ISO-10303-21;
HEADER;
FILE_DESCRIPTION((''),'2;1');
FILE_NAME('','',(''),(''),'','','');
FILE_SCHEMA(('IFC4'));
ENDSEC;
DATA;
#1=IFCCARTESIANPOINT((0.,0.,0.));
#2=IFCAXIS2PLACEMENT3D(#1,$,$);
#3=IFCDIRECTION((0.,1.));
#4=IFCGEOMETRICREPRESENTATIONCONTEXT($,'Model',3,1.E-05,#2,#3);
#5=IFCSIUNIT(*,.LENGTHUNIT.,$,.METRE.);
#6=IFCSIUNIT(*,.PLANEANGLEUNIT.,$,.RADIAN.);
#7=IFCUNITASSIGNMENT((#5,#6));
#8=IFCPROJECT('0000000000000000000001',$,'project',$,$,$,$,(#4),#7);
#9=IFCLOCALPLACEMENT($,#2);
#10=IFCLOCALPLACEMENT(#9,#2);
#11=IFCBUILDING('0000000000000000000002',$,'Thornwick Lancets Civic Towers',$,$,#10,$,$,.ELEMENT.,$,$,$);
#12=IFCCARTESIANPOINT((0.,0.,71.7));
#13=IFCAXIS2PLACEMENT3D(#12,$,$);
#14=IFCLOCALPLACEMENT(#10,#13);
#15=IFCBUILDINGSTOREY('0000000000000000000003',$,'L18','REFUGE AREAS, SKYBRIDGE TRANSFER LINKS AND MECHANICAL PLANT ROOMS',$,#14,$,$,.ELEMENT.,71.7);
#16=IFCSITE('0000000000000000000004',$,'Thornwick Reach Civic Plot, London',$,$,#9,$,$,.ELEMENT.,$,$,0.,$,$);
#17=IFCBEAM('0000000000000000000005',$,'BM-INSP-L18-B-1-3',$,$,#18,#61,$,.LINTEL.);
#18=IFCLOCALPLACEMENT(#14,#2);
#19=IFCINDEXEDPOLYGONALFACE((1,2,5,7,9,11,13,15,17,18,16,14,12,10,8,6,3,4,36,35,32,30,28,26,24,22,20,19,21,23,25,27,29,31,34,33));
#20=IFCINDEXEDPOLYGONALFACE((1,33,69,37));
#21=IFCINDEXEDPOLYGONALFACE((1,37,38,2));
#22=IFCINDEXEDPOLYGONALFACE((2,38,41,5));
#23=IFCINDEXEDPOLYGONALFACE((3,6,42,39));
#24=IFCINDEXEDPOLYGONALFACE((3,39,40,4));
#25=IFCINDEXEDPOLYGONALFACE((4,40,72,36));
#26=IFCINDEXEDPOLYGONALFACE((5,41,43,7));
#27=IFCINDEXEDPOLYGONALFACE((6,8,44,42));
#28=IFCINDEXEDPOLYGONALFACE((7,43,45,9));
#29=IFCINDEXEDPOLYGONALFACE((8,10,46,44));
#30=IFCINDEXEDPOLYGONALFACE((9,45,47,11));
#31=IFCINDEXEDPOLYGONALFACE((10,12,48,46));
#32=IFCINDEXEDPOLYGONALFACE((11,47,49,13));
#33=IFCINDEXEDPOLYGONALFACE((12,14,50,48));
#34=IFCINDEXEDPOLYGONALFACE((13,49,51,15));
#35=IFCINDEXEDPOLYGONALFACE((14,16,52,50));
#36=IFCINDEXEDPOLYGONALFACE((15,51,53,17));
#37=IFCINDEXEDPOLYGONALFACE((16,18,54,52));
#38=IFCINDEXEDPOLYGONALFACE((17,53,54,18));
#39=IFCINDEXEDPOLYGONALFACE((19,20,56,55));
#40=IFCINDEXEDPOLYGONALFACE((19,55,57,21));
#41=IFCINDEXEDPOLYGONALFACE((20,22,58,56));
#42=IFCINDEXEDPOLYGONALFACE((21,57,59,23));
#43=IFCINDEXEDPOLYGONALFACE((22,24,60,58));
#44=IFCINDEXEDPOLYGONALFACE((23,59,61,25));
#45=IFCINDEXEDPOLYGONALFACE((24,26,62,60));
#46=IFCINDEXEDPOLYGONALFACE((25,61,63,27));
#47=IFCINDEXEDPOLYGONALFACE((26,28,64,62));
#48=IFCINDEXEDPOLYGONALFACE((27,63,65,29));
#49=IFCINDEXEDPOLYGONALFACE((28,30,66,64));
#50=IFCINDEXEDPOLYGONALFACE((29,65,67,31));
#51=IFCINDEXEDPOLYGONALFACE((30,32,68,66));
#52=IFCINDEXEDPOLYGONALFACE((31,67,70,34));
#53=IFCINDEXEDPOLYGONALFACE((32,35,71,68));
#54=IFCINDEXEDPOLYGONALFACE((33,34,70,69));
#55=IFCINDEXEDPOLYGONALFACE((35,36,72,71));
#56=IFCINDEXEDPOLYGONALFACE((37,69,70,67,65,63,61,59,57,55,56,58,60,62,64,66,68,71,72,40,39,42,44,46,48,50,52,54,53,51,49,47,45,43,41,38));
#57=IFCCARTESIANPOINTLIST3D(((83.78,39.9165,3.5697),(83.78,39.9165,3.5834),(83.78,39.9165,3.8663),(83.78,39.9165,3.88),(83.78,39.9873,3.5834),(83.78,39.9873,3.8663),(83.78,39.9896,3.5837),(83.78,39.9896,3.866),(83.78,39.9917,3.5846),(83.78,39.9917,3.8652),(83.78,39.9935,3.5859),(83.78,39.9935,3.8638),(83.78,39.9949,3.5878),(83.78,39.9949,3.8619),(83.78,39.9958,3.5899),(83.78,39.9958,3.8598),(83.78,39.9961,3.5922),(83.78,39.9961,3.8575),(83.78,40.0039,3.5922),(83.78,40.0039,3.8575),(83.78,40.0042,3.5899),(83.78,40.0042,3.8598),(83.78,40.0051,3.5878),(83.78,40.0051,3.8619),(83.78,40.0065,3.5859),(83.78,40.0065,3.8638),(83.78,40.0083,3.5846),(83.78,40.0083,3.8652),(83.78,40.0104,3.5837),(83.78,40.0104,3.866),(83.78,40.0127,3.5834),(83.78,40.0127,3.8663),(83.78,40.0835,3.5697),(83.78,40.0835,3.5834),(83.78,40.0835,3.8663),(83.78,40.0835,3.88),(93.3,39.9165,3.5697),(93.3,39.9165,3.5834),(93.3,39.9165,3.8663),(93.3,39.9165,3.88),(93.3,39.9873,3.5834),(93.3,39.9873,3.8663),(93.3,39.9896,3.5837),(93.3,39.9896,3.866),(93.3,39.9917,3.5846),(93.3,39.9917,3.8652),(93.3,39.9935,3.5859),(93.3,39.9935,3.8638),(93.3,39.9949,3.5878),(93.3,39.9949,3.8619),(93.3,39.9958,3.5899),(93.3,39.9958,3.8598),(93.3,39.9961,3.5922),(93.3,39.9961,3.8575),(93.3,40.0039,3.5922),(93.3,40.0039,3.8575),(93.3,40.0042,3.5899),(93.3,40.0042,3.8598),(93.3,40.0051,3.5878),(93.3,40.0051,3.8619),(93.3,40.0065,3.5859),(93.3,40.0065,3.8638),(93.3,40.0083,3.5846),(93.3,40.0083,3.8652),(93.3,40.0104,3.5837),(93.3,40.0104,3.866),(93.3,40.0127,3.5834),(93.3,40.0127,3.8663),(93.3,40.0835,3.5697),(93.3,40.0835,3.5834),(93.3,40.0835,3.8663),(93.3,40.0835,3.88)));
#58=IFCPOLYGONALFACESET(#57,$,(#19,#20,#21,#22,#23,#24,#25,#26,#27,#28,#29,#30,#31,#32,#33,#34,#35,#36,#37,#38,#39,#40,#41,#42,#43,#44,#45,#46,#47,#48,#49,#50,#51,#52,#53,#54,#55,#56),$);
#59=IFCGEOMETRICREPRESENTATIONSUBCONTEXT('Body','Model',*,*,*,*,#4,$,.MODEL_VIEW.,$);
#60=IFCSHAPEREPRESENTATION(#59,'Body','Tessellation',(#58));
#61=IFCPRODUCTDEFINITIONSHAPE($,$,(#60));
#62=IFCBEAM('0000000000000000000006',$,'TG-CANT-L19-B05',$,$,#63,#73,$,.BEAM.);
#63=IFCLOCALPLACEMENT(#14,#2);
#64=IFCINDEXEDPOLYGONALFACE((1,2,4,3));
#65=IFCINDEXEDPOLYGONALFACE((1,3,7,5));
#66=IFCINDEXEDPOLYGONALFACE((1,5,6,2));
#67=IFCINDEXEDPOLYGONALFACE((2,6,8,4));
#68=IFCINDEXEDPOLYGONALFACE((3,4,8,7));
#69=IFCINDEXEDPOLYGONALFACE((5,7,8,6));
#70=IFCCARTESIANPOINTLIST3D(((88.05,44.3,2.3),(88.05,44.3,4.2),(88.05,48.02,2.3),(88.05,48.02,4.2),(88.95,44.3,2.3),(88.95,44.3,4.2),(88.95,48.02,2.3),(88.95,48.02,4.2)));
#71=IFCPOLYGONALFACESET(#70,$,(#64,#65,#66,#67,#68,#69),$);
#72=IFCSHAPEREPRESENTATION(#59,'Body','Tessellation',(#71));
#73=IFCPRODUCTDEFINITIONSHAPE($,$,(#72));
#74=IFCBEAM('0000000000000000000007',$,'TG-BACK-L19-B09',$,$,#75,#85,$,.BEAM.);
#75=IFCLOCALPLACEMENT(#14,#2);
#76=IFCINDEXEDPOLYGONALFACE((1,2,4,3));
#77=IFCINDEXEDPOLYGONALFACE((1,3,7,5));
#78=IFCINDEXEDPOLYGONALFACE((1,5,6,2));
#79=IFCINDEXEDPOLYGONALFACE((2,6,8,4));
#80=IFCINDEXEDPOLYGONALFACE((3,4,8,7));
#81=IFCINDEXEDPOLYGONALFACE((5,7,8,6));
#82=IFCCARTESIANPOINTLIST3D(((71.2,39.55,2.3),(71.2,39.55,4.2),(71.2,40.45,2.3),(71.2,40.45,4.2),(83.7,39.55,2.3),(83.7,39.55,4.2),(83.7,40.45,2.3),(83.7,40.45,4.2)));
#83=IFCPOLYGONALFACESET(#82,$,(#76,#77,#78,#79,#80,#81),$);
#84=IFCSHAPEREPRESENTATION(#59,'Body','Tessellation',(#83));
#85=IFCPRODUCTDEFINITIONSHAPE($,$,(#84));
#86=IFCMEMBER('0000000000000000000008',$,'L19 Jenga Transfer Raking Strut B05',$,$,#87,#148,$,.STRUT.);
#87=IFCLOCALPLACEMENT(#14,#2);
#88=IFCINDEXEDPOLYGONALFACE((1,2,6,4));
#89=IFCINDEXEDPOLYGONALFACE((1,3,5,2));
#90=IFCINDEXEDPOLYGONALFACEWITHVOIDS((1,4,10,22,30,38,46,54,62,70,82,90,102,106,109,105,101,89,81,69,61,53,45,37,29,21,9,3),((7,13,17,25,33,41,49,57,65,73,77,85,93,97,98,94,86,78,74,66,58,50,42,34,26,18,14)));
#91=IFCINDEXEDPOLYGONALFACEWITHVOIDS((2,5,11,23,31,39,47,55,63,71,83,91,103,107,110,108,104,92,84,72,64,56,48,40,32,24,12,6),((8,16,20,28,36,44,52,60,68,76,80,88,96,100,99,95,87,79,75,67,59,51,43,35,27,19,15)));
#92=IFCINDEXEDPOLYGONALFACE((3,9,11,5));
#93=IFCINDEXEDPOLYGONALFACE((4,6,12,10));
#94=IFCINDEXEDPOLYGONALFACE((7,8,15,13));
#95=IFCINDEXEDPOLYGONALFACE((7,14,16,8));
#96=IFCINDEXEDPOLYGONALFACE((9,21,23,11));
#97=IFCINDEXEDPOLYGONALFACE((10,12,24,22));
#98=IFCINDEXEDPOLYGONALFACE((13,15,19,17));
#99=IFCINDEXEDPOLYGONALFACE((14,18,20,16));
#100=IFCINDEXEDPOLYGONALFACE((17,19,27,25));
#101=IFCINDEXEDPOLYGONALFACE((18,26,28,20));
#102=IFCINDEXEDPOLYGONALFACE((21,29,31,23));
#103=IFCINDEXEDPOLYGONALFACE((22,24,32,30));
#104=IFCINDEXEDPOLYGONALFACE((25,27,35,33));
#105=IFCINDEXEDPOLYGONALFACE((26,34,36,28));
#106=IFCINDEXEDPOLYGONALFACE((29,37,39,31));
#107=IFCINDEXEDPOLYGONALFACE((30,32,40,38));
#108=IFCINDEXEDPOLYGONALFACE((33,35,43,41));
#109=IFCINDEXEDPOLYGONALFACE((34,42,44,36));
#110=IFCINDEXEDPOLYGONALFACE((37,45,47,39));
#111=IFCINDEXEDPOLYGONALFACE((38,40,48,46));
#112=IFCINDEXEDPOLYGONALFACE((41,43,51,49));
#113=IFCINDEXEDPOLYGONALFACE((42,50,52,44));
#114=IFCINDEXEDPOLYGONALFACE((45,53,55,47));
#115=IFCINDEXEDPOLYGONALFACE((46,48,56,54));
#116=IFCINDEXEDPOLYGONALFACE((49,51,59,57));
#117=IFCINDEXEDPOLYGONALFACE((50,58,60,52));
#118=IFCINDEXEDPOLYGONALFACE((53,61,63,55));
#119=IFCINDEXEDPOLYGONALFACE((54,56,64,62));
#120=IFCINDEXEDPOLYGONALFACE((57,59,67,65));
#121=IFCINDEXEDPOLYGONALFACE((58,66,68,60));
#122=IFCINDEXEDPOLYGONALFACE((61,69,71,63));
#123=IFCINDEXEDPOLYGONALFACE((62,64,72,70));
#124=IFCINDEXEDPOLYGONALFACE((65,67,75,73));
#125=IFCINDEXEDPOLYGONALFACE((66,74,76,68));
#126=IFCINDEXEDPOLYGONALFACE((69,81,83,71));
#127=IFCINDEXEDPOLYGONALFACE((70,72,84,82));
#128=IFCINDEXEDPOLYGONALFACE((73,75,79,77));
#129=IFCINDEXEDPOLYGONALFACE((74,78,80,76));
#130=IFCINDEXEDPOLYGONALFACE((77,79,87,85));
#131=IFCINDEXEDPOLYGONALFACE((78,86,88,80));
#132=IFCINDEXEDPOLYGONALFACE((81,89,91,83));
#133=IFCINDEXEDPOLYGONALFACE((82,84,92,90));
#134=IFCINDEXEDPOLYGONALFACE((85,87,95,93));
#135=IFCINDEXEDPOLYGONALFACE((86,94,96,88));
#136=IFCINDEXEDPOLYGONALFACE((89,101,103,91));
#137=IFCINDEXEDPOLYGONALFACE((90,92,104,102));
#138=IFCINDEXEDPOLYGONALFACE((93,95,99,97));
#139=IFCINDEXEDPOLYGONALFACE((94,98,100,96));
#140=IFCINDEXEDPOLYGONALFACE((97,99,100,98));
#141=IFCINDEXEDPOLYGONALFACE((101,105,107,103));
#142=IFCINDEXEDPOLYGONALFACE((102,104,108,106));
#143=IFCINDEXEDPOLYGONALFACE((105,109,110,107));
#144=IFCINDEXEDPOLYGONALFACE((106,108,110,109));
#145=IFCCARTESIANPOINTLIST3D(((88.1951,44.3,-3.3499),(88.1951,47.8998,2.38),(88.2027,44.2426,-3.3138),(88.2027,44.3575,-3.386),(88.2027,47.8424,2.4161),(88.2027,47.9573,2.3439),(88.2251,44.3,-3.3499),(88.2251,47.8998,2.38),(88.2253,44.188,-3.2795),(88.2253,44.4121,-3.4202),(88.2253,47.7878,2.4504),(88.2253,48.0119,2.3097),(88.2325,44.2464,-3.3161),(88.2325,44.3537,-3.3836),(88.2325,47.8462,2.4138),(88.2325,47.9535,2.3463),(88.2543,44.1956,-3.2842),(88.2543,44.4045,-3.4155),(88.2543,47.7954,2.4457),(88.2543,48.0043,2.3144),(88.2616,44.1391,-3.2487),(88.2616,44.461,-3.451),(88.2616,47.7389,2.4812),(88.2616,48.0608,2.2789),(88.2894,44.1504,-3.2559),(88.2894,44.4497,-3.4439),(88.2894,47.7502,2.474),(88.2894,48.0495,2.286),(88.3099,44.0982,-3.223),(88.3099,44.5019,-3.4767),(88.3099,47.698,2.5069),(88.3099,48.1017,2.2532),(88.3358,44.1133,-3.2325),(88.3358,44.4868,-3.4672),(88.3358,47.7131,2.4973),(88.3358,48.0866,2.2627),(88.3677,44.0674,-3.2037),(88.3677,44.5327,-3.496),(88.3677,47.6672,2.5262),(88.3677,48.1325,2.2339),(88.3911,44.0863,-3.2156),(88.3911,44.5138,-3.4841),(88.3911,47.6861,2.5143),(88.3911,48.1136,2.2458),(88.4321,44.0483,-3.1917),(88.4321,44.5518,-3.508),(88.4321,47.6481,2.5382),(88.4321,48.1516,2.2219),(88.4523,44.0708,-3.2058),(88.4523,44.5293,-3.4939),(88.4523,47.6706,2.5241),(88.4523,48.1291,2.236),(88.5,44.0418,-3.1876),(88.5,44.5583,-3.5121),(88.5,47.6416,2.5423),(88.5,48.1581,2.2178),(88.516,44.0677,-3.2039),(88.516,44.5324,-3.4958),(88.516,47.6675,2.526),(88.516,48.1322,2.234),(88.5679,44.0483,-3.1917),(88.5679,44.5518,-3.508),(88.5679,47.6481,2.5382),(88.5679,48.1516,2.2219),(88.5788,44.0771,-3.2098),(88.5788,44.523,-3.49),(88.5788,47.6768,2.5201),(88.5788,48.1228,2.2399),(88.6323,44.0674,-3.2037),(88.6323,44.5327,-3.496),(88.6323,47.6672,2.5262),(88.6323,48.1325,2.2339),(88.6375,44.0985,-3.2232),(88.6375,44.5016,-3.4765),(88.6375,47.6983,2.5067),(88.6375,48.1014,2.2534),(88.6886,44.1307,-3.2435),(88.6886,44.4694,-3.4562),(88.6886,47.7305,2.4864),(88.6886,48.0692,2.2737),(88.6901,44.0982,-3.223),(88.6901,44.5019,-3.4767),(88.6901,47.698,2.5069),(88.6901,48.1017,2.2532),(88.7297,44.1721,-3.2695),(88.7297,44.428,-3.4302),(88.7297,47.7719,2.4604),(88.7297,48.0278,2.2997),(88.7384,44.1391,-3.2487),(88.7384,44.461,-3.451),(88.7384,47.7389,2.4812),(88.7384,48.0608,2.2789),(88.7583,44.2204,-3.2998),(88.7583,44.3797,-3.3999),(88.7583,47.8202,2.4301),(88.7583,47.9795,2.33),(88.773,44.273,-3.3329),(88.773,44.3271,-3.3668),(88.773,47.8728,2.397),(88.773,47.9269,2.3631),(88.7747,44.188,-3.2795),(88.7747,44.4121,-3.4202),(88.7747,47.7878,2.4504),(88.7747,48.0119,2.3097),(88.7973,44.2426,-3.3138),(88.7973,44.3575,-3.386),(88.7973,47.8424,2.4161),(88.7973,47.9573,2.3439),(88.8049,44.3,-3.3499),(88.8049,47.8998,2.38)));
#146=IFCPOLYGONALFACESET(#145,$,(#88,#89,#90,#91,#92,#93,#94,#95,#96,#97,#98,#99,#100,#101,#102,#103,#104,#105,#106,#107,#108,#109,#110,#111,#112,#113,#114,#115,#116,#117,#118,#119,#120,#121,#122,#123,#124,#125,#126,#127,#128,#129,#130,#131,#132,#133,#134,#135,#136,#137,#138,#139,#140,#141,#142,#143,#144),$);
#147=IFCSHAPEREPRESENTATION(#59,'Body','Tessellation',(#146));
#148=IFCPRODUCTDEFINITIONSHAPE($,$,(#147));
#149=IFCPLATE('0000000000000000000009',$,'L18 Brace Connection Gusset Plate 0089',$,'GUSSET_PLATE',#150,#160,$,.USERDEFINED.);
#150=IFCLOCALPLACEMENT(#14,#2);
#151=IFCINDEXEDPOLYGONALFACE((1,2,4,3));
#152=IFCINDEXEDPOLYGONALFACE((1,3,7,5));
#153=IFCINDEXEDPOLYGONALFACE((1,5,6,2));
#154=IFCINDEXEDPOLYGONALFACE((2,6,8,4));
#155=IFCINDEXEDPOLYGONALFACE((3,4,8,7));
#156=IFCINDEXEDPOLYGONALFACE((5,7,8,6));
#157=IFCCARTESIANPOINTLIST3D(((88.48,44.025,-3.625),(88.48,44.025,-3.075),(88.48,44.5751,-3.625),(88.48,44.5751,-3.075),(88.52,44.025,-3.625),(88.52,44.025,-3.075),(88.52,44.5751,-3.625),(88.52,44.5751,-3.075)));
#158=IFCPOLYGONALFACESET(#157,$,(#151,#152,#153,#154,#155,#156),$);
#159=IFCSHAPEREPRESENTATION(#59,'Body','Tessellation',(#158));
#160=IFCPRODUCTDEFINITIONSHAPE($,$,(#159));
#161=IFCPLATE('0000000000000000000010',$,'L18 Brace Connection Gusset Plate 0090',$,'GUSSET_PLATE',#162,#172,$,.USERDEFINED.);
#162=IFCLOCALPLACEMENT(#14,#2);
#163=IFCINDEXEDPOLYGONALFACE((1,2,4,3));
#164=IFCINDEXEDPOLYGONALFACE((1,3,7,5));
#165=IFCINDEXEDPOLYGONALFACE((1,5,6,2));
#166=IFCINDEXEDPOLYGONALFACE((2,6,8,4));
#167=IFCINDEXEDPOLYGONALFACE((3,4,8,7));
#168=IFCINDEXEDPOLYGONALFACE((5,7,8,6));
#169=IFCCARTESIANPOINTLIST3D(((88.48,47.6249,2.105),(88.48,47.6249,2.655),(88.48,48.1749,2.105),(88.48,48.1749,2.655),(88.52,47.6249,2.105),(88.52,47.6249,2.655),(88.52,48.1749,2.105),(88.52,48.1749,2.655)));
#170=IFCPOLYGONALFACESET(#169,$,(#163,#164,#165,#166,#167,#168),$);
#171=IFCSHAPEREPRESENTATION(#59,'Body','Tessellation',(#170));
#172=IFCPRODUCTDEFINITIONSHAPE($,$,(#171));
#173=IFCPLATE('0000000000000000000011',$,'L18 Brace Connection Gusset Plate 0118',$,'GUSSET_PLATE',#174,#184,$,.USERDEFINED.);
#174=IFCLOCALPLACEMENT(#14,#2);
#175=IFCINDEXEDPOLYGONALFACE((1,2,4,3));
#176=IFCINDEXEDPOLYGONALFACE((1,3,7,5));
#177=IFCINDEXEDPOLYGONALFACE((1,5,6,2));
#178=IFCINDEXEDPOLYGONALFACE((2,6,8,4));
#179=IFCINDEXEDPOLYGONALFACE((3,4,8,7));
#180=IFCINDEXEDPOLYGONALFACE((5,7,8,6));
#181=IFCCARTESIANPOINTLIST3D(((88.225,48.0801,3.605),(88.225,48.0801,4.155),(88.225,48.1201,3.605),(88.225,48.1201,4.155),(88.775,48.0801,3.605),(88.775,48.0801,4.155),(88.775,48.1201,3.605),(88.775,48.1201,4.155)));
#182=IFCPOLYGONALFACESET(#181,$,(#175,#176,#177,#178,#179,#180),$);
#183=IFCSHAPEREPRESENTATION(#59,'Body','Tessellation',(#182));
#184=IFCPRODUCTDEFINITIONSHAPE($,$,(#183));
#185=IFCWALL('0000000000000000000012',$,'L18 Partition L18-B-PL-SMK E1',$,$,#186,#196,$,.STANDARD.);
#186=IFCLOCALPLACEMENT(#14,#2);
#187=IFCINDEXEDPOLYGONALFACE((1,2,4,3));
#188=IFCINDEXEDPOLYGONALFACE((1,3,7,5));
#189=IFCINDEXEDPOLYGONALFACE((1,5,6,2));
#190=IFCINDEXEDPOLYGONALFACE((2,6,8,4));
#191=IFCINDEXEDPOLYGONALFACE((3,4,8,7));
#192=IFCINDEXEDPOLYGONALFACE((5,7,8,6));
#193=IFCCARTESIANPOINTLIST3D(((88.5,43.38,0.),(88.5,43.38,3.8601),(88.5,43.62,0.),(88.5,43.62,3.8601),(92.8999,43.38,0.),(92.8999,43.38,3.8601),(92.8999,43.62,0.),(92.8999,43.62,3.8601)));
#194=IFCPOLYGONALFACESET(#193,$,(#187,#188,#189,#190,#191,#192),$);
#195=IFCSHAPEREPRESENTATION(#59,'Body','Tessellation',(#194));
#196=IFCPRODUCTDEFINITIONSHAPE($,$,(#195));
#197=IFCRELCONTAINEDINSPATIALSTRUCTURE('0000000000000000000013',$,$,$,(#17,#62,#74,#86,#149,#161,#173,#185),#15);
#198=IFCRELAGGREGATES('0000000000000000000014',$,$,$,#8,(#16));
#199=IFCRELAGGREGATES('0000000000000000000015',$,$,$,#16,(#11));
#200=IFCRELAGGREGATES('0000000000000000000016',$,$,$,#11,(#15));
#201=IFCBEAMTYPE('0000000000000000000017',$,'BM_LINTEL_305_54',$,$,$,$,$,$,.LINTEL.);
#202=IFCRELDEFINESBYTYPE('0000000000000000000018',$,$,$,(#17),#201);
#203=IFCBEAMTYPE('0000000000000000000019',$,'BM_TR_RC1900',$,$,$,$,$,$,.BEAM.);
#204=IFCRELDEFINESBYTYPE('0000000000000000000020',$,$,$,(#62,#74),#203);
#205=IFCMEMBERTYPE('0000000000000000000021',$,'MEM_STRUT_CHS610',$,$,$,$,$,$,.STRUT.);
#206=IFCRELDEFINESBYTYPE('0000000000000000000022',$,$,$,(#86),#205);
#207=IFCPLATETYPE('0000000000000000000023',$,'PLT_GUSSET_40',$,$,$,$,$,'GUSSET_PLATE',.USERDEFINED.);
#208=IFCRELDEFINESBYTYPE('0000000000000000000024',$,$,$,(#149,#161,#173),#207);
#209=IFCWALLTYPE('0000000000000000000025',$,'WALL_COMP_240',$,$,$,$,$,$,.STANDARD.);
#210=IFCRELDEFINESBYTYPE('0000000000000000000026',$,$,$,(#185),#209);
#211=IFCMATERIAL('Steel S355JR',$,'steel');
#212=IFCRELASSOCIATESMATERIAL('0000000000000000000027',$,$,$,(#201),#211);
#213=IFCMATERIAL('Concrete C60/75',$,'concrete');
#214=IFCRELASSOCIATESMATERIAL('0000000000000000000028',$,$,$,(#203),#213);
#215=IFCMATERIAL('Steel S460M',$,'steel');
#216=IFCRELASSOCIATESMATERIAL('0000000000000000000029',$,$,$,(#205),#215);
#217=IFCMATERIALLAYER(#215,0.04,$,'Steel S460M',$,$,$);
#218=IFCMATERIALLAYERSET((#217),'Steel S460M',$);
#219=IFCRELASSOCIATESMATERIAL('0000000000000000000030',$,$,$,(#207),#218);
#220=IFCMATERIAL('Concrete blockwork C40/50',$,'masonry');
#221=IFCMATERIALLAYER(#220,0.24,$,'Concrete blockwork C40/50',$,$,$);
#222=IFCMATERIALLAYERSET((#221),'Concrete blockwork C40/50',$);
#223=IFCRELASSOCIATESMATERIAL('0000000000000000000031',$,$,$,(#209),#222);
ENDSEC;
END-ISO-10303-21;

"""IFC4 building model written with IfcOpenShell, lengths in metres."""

from ifc_helpers import new_model, si_unit, direction, frame, frame_2d, origin, origin_2d, place, context, subcontext, project, spatial, rectangle, hollow_circle, i_section, extrude, material, layer, layer_set, material_profile, profile_set, type_object, element, save


model = new_model("IFC4")

# Units and contexts
model_context = context("Model", 3, precision=1e-05, world=origin(), true_north=direction((0.0, 1.0)))
body_context = subcontext(model_context, "Body", "Model", "MODEL_VIEW")
ifc_project = project(units=[si_unit("LENGTHUNIT", "METRE"), si_unit("PLANEANGLEUNIT", "RADIAN")], contexts=[model_context])

# Site, building, storey
site_placement = place(None, origin())
site = spatial("IfcSite", under=ifc_project, at=site_placement, Name="Thornwick Reach Civic Plot, London", CompositionType="ELEMENT", RefElevation=0.0)
building_placement = place(site_placement, origin())
building = spatial("IfcBuilding", under=site, at=building_placement, Name="Thornwick Lancets Civic Towers", CompositionType="ELEMENT")
storey_placement = place(building_placement, frame((0.0, 0.0, 71.7)))
storey = spatial("IfcBuildingStorey", under=building, at=storey_placement, Name="L18", Description="REFUGE AREAS, SKYBRIDGE TRANSFER LINKS AND MECHANICAL PLANT ROOMS", CompositionType="ELEMENT", Elevation=71.7)

# Shared definitions
ifc_material_1 = material(Name="Concrete C60/75", Category="concrete")
ifc_material_2 = material(Name="Steel S460M", Category="steel")

# Beams
ifc_material_3 = material(Name="Steel S355JR", Category="steel")
ifc_material_profile_1 = material_profile(ifc_material_3, i_section(OverallWidth=0.167, OverallDepth=0.3103, WebThickness=0.0078, FlangeThickness=0.0137, FilletRadius=0.0088, at=origin_2d()), Name="UKB 305x165x54")
ifc_profile_set_1 = profile_set([ifc_material_profile_1], Name="Steel S355JR")
beam_type_1 = type_object("IfcBeamType", Name="BM_LINTEL_305_54", PredefinedType="LINTEL", material=ifc_profile_set_1)
beam_1_placement = place(storey_placement, frame((93.3, 40.0, 3.7249), z_axis=(-1.0, 0.0, 0.0), x_axis=(0.0, -1.0, 0.0)))
element("IfcBeam", 1, at=beam_1_placement, inside=storey, type_object=beam_type_1, Name="BM-INSP-L18-B-1-3", PredefinedType="LINTEL", context=body_context, shape_type="SweptSolid", body=[
    extrude(i_section(OverallWidth=0.167, OverallDepth=0.3103, WebThickness=0.0078, FlangeThickness=0.0137, FilletRadius=0.0088, at=origin_2d()), origin(), (0.0, 0.0, 1.0), 9.52),
])
ifc_material_profile_2 = material_profile(ifc_material_1, rectangle(XDim=0.8999, YDim=1.8999, at=origin_2d()), Name="RC 900x1900")
ifc_profile_set_2 = profile_set([ifc_material_profile_2], Name="Concrete C60/75")
beam_type_2 = type_object("IfcBeamType", Name="BM_TR_RC1900", PredefinedType="BEAM", material=ifc_profile_set_2)
beam_2_placement = place(storey_placement, frame((88.5, 44.3, 3.25), z_axis=(0.0, 1.0, 0.0), x_axis=(-1.0, 0.0, 0.0)))
element("IfcBeam", 2, at=beam_2_placement, inside=storey, type_object=beam_type_2, Name="TG-CANT-L19-B05", PredefinedType="BEAM", context=body_context, shape_type="SweptSolid", body=[
    extrude(rectangle(XDim=0.8999, YDim=1.8999, at=origin_2d()), origin(), (0.0, 0.0, 1.0), 3.72),
])
beam_3_placement = place(storey_placement, frame((83.7, 40.0, 3.25), z_axis=(-1.0, 0.0, 0.0), x_axis=(0.0, -1.0, 0.0)))
element("IfcBeam", 3, at=beam_3_placement, inside=storey, type_object=beam_type_2, Name="TG-BACK-L19-B09", PredefinedType="BEAM", context=body_context, shape_type="SweptSolid", body=[
    extrude(rectangle(XDim=0.8999, YDim=1.8999, at=origin_2d()), origin(), (0.0, 0.0, 1.0), 12.5),
])

# Member
ifc_material_profile_3 = material_profile(ifc_material_2, hollow_circle(Radius=0.3049, WallThickness=0.03, at=origin_2d()), Name="CHS 610x30")
ifc_profile_set_3 = profile_set([ifc_material_profile_3], Name="Steel S460M")
member_type = type_object("IfcMemberType", Name="MEM_STRUT_CHS610", PredefinedType="STRUT", material=ifc_profile_set_3)
member_placement = place(storey_placement, frame((88.5, 44.3, -3.3499), z_axis=(0.0, 0.531976, 0.84676), x_axis=(-1.0, 0.0, 0.0)))
element("IfcMember", 4, at=member_placement, inside=storey, type_object=member_type, Name="L19 Jenga Transfer Raking Strut B05", PredefinedType="STRUT", context=body_context, shape_type="SweptSolid", body=[
    extrude(hollow_circle(Radius=0.3049, WallThickness=0.03, at=origin_2d()), origin(), (0.0, 0.0, 1.0), 6.7668),
])

# Plates
ifc_layer_1 = layer(ifc_material_2, 0.04, Name="Steel S460M")
ifc_layer_set_1 = layer_set([ifc_layer_1], Name="Steel S460M")
plate_type = type_object("IfcPlateType", Name="PLT_GUSSET_40", ElementType="GUSSET_PLATE", PredefinedType="USERDEFINED", material=ifc_layer_set_1)
for number, where, z_axis, x_axis, name in (
    (5, (88.5, 44.3, -3.625), (0.0, 0.0, 1.0), (0.0, 1.0, 0.0), "L18 Brace Connection Gusset Plate 0089"),
    (6, (88.5, 47.8999, 2.105), (0.0, 0.0, 1.0), (0.0, 1.0, 0.0), "L18 Brace Connection Gusset Plate 0090"),
    (7, (88.5, 48.1001, 3.605), (0.0, 0.0, 1.0), (-1.0, 0.0, 0.0), "L18 Brace Connection Gusset Plate 0118"),
):
    element("IfcPlate", number, at=place(storey_placement, frame(where, z_axis=z_axis, x_axis=x_axis)), inside=storey, type_object=plate_type, Name=name, ObjectType="GUSSET_PLATE", PredefinedType="USERDEFINED", context=body_context, shape_type="SweptSolid", body=[
        extrude(rectangle(XDim=0.55, YDim=0.04, at=origin_2d()), origin(), (0.0, 0.0, 1.0), 0.55),
    ])

# Wall
ifc_material_4 = material(Name="Concrete blockwork C40/50", Category="masonry")
ifc_layer_2 = layer(ifc_material_4, 0.24, Name="Concrete blockwork C40/50")
ifc_layer_set_2 = layer_set([ifc_layer_2], Name="Concrete blockwork C40/50")
wall_type = type_object("IfcWallType", Name="WALL_COMP_240", PredefinedType="STANDARD", material=ifc_layer_set_2)
wall_1_placement = place(storey_placement, frame((88.5, 43.5, 0.0), z_axis=(0.0, 0.0, 1.0), x_axis=(1.0, 0.0, 0.0)))
element("IfcWall", 8, at=wall_1_placement, inside=storey, type_object=wall_type, Name="L18 Partition L18-B-PL-SMK E1", PredefinedType="STANDARD", context=body_context, shape_type="SweptSolid", body=[
    extrude(rectangle(XDim=4.3999, YDim=0.24, at=frame_2d((2.2, 0.0))), origin(), (0.0, 0.0, 1.0), 3.8601),
])

save(model, "model.ifc")
